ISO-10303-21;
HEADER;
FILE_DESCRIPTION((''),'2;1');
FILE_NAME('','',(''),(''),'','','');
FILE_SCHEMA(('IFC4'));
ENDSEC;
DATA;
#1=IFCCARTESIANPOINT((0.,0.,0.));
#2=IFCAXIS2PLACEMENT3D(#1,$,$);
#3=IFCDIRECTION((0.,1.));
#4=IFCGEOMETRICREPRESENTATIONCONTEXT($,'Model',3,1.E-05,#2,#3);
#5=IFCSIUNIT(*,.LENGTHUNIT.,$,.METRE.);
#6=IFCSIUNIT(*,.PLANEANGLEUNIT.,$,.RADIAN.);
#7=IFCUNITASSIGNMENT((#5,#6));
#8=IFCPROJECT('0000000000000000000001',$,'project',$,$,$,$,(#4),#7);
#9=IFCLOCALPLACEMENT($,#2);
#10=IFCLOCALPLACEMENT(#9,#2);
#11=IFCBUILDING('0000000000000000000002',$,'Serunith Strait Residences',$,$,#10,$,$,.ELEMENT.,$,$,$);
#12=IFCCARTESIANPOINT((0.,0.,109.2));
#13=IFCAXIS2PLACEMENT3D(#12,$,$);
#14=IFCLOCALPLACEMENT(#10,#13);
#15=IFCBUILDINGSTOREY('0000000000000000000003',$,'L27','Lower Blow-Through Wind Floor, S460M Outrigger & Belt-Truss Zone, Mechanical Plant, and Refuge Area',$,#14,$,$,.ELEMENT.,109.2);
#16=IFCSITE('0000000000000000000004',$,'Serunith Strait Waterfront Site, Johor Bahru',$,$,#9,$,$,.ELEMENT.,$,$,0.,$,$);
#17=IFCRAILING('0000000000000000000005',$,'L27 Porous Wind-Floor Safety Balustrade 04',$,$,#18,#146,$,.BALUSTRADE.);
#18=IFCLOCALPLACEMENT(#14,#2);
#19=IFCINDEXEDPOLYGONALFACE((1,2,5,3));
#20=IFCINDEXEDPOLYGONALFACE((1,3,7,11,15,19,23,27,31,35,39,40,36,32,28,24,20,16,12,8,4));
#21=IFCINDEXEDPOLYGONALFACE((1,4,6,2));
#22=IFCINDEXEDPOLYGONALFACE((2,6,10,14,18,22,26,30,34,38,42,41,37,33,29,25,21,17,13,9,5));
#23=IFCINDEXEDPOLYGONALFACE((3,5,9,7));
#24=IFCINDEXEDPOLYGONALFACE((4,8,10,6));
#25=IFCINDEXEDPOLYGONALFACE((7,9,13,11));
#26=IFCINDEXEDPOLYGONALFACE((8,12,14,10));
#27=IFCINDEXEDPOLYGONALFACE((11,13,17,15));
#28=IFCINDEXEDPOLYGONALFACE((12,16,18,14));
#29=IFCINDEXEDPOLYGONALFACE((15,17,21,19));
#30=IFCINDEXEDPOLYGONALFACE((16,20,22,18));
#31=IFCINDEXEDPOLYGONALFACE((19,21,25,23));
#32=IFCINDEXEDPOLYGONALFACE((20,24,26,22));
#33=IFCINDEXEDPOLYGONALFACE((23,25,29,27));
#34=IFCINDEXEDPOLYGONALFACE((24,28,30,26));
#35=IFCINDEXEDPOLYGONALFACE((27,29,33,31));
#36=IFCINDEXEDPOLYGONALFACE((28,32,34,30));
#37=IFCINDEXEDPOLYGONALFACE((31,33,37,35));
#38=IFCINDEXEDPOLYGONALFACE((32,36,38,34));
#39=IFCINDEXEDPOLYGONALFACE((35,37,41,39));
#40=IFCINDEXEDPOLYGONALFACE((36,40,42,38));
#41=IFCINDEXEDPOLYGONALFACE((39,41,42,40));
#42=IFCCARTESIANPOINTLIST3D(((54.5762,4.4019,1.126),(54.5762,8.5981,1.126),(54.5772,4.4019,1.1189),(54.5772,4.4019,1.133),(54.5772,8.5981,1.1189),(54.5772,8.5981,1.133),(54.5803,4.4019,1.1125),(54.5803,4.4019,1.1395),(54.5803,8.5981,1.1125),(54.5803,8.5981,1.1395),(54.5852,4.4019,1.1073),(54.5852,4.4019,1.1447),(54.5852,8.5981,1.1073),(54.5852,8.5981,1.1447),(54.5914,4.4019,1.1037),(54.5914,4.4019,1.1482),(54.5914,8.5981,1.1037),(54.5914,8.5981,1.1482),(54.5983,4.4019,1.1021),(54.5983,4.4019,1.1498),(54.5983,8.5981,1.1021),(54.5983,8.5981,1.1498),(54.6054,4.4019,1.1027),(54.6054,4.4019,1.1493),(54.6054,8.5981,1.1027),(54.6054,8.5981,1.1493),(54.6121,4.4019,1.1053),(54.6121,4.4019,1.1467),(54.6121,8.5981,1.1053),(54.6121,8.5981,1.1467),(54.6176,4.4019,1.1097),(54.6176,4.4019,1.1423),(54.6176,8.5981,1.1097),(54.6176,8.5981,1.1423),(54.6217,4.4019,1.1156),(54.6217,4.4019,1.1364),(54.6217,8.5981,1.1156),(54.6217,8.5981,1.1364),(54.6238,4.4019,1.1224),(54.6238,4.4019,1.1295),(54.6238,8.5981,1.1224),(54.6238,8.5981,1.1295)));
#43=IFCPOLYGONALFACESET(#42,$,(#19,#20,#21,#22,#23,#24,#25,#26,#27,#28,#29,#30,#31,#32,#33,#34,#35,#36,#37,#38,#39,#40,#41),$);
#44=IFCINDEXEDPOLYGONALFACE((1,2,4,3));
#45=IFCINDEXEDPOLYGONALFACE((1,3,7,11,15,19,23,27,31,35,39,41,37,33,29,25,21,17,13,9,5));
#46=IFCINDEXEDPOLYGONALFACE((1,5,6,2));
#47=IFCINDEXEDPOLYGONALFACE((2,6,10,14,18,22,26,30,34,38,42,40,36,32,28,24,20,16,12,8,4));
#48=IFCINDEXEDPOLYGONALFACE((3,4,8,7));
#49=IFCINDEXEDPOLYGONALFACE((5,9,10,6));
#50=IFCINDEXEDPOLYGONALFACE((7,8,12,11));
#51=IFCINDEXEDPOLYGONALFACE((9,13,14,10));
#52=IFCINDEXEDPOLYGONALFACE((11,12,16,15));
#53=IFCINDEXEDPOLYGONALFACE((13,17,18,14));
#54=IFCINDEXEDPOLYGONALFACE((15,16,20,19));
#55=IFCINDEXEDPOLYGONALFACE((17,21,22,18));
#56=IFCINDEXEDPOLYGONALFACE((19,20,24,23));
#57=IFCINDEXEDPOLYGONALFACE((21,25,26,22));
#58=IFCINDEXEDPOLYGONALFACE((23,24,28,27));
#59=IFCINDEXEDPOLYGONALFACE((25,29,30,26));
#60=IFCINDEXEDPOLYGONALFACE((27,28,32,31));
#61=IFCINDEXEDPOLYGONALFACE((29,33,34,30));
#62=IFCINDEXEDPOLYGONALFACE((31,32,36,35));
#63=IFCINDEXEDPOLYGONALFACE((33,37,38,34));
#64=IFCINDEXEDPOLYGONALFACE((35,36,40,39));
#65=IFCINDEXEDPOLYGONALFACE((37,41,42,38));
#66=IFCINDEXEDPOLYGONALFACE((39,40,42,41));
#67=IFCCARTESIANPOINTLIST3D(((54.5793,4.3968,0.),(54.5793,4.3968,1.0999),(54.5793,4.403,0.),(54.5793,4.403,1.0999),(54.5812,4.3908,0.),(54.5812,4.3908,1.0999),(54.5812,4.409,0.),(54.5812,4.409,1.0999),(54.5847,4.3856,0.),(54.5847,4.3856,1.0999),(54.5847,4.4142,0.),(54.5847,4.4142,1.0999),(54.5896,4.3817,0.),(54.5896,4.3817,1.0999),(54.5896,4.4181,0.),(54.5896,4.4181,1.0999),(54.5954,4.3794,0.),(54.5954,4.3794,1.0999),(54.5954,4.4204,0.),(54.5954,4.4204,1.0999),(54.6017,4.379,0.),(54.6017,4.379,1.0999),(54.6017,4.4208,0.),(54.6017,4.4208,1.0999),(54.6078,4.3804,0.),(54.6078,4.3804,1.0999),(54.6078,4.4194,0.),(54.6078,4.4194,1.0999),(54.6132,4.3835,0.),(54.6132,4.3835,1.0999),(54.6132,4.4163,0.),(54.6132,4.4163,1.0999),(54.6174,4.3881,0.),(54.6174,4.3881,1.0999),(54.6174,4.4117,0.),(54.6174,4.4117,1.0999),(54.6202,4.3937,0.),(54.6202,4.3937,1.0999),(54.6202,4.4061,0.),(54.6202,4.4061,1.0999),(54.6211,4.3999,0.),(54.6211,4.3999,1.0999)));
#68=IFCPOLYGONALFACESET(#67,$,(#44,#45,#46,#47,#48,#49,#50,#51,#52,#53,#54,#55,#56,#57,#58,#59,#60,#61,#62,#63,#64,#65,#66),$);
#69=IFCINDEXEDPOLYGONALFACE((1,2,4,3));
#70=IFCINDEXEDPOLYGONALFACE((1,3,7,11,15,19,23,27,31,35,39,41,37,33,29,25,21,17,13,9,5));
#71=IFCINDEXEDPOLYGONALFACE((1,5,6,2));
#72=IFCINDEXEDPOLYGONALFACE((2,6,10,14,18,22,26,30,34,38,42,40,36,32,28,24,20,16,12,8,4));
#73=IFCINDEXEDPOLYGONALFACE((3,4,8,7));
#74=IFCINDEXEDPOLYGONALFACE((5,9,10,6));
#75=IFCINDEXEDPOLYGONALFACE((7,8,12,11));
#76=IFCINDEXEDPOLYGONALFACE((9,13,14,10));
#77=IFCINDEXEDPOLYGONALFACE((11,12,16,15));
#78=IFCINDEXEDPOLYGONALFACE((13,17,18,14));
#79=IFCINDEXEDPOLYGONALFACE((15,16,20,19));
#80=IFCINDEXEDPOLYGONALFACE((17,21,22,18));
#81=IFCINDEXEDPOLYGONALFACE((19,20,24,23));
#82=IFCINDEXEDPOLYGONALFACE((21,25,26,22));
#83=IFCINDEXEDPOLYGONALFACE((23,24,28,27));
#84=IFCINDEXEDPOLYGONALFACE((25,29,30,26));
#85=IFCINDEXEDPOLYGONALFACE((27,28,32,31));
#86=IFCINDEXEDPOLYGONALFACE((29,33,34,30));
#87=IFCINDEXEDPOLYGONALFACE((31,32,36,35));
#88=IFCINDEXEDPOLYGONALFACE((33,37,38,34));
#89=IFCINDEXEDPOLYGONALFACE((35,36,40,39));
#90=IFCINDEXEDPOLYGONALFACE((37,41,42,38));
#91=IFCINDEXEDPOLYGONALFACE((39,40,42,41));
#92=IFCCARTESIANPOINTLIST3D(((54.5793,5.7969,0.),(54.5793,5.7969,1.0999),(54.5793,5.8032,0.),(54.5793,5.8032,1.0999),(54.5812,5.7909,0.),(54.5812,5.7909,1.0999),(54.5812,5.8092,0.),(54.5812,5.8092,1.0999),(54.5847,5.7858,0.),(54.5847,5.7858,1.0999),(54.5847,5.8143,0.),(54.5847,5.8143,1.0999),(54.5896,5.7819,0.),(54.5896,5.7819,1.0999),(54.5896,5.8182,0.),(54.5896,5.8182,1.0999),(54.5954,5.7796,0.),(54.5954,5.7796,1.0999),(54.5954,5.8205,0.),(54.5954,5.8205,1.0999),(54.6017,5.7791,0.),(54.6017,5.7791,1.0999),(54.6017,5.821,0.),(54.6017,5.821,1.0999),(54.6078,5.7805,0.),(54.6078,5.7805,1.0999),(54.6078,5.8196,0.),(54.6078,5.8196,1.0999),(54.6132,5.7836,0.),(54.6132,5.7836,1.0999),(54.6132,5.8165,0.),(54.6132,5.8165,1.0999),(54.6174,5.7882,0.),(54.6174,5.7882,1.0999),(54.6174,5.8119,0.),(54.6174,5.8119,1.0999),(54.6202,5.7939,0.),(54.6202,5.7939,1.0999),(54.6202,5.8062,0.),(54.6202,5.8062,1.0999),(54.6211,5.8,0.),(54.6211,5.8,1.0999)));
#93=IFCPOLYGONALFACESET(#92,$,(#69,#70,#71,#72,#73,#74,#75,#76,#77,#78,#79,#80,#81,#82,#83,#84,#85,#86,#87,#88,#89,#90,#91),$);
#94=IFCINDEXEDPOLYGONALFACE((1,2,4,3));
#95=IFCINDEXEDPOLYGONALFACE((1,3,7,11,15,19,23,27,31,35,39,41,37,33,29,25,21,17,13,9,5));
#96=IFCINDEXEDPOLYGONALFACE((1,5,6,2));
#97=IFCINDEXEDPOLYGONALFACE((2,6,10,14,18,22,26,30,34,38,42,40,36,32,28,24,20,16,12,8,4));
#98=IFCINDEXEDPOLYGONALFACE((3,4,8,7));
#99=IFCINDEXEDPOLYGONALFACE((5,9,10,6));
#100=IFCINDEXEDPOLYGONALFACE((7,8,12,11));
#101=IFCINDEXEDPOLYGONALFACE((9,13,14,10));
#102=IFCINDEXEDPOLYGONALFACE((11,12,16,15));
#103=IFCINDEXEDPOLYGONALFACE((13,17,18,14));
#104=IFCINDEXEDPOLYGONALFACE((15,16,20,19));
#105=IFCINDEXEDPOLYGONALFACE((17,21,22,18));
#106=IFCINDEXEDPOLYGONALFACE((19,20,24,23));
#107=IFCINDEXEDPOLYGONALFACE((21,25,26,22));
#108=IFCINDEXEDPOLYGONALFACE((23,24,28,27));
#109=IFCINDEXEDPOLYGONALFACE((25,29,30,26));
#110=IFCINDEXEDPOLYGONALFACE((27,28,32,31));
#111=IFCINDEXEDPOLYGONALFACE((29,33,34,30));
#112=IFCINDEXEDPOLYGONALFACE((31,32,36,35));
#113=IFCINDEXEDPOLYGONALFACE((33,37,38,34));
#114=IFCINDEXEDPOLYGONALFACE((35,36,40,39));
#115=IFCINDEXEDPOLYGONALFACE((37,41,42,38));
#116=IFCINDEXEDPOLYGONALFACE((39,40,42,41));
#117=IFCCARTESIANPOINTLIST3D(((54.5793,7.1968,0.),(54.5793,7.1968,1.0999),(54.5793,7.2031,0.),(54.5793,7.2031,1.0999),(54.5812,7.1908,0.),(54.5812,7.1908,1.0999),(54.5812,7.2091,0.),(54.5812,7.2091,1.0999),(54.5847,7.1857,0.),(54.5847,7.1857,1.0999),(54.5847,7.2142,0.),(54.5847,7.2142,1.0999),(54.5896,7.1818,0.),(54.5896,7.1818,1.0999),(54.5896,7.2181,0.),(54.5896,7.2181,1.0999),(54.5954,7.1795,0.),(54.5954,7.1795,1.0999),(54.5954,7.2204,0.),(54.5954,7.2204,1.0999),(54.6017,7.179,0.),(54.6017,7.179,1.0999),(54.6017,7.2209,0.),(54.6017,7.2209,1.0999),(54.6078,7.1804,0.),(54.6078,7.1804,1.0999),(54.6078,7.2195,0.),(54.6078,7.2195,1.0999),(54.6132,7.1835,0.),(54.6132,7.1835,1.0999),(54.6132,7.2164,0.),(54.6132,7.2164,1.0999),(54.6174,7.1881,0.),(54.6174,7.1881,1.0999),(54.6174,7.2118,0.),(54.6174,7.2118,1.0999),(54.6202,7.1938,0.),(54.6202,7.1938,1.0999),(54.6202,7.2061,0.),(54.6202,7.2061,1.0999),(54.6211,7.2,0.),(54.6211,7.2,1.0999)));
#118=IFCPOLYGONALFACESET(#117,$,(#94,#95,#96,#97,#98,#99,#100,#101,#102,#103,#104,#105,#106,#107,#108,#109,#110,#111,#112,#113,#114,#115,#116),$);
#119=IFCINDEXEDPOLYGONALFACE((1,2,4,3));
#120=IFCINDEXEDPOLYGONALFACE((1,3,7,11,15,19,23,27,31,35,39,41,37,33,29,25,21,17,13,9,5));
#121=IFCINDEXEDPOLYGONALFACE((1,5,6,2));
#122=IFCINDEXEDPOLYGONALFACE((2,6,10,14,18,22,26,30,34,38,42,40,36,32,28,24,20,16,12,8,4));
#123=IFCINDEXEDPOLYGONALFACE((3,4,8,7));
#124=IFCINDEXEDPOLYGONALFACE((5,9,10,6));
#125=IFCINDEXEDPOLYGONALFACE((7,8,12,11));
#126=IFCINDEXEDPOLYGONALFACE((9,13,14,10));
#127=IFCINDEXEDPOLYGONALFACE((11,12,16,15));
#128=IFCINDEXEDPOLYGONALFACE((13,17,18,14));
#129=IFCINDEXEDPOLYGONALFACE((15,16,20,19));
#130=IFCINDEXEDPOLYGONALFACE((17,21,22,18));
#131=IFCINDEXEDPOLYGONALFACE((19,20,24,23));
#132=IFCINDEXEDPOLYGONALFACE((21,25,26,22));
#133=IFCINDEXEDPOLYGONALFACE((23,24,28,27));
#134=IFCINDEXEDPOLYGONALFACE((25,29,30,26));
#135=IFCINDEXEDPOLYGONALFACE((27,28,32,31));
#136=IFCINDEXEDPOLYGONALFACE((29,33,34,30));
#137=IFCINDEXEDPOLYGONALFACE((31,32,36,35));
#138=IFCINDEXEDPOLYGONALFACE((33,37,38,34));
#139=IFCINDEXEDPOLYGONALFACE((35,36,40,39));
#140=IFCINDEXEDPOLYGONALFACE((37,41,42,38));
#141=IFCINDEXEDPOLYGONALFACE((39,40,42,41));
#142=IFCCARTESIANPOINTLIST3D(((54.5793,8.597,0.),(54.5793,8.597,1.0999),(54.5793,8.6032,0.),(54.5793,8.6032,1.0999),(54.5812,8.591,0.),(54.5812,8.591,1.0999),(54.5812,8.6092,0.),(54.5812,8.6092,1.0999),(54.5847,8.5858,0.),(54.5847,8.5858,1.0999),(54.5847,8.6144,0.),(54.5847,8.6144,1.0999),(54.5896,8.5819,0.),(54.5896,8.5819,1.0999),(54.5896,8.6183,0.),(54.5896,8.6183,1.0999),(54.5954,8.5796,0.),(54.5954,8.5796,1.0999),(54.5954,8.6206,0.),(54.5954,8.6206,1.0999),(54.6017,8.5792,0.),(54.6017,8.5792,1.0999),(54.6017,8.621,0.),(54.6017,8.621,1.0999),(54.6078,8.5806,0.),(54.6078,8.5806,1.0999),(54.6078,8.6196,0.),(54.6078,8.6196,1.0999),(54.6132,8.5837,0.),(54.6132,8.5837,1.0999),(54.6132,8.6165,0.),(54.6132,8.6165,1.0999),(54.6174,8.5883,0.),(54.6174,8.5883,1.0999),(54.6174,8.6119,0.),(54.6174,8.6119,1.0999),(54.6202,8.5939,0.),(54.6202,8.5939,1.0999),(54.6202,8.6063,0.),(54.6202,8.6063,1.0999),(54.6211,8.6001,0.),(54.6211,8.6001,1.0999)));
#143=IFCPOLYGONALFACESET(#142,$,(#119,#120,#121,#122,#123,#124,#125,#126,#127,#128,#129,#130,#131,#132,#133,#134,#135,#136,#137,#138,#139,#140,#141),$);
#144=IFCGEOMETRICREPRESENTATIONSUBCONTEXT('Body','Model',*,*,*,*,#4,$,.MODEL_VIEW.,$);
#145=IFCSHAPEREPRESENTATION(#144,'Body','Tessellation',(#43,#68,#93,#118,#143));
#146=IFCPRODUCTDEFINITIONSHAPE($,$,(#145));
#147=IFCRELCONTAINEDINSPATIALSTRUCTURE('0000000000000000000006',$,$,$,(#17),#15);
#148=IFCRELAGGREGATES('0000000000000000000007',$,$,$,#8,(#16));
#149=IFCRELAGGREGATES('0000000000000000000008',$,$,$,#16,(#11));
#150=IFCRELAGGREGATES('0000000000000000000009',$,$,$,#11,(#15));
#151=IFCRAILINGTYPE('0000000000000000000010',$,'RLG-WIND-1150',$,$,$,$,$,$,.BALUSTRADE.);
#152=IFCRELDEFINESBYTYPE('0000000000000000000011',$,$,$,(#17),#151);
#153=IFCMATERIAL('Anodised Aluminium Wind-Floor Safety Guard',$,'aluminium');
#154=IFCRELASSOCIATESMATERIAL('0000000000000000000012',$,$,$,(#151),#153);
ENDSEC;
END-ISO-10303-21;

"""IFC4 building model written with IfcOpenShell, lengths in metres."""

from ifc_helpers import new_model, si_unit, direction, frame, origin, origin_2d, place, context, subcontext, project, spatial, circle, extrude, material, type_object, element, save


model = new_model("IFC4")

# Units and contexts
model_context = context("Model", 3, precision=1e-05, world=origin(), true_north=direction((0.0, 1.0)))
body_context = subcontext(model_context, "Body", "Model", "MODEL_VIEW")
ifc_project = project(units=[si_unit("LENGTHUNIT", "METRE"), si_unit("PLANEANGLEUNIT", "RADIAN")], contexts=[model_context])

# Site, building, storey
site_placement = place(None, origin())
site = spatial("IfcSite", under=ifc_project, at=site_placement, Name="Serunith Strait Waterfront Site, Johor Bahru", CompositionType="ELEMENT", RefElevation=0.0)
building_placement = place(site_placement, origin())
building = spatial("IfcBuilding", under=site, at=building_placement, Name="Serunith Strait Residences", CompositionType="ELEMENT")
storey_placement = place(building_placement, frame((0.0, 0.0, 109.2)))
storey = spatial("IfcBuildingStorey", under=building, at=storey_placement, Name="L27", Description="Lower Blow-Through Wind Floor, S460M Outrigger & Belt-Truss Zone, Mechanical Plant, and Refuge Area", CompositionType="ELEMENT", Elevation=109.2)

# Railing
ifc_material_1 = material(Name="Anodised Aluminium Wind-Floor Safety Guard", Category="aluminium")
railing_type = type_object("IfcRailingType", Name="RLG-WIND-1150", PredefinedType="BALUSTRADE", material=ifc_material_1)
railing_1_placement = place(storey_placement, frame((54.6001, 4.3999, 0.0)))
element("IfcRailing", 1, at=railing_1_placement, inside=storey, type_object=railing_type, Name="L27 Porous Wind-Floor Safety Balustrade 04", PredefinedType="BALUSTRADE", context=body_context, shape_type="SweptSolid", body=[
    extrude(circle(Radius=0.0239, at=origin_2d()), frame((0.0, 0.002, 1.126), z_axis=(0.0, 1.0, 0.0), x_axis=(-1.0, 0.0, 0.0)), (0.0, 0.0, 1.0), 4.1963),
    extrude(circle(Radius=0.021, at=origin_2d()), origin(), (0.0, 0.0, 1.0), 1.0999),
    extrude(circle(Radius=0.021, at=origin_2d()), frame((0.0, 1.4001, 0.0)), (0.0, 0.0, 1.0), 1.0999),
    extrude(circle(Radius=0.021, at=origin_2d()), frame((0.0, 2.8, 0.0)), (0.0, 0.0, 1.0), 1.0999),
    extrude(circle(Radius=0.021, at=origin_2d()), frame((0.0, 4.2002, 0.0)), (0.0, 0.0, 1.0), 1.0999),
])

save(model, "model.ifc")
